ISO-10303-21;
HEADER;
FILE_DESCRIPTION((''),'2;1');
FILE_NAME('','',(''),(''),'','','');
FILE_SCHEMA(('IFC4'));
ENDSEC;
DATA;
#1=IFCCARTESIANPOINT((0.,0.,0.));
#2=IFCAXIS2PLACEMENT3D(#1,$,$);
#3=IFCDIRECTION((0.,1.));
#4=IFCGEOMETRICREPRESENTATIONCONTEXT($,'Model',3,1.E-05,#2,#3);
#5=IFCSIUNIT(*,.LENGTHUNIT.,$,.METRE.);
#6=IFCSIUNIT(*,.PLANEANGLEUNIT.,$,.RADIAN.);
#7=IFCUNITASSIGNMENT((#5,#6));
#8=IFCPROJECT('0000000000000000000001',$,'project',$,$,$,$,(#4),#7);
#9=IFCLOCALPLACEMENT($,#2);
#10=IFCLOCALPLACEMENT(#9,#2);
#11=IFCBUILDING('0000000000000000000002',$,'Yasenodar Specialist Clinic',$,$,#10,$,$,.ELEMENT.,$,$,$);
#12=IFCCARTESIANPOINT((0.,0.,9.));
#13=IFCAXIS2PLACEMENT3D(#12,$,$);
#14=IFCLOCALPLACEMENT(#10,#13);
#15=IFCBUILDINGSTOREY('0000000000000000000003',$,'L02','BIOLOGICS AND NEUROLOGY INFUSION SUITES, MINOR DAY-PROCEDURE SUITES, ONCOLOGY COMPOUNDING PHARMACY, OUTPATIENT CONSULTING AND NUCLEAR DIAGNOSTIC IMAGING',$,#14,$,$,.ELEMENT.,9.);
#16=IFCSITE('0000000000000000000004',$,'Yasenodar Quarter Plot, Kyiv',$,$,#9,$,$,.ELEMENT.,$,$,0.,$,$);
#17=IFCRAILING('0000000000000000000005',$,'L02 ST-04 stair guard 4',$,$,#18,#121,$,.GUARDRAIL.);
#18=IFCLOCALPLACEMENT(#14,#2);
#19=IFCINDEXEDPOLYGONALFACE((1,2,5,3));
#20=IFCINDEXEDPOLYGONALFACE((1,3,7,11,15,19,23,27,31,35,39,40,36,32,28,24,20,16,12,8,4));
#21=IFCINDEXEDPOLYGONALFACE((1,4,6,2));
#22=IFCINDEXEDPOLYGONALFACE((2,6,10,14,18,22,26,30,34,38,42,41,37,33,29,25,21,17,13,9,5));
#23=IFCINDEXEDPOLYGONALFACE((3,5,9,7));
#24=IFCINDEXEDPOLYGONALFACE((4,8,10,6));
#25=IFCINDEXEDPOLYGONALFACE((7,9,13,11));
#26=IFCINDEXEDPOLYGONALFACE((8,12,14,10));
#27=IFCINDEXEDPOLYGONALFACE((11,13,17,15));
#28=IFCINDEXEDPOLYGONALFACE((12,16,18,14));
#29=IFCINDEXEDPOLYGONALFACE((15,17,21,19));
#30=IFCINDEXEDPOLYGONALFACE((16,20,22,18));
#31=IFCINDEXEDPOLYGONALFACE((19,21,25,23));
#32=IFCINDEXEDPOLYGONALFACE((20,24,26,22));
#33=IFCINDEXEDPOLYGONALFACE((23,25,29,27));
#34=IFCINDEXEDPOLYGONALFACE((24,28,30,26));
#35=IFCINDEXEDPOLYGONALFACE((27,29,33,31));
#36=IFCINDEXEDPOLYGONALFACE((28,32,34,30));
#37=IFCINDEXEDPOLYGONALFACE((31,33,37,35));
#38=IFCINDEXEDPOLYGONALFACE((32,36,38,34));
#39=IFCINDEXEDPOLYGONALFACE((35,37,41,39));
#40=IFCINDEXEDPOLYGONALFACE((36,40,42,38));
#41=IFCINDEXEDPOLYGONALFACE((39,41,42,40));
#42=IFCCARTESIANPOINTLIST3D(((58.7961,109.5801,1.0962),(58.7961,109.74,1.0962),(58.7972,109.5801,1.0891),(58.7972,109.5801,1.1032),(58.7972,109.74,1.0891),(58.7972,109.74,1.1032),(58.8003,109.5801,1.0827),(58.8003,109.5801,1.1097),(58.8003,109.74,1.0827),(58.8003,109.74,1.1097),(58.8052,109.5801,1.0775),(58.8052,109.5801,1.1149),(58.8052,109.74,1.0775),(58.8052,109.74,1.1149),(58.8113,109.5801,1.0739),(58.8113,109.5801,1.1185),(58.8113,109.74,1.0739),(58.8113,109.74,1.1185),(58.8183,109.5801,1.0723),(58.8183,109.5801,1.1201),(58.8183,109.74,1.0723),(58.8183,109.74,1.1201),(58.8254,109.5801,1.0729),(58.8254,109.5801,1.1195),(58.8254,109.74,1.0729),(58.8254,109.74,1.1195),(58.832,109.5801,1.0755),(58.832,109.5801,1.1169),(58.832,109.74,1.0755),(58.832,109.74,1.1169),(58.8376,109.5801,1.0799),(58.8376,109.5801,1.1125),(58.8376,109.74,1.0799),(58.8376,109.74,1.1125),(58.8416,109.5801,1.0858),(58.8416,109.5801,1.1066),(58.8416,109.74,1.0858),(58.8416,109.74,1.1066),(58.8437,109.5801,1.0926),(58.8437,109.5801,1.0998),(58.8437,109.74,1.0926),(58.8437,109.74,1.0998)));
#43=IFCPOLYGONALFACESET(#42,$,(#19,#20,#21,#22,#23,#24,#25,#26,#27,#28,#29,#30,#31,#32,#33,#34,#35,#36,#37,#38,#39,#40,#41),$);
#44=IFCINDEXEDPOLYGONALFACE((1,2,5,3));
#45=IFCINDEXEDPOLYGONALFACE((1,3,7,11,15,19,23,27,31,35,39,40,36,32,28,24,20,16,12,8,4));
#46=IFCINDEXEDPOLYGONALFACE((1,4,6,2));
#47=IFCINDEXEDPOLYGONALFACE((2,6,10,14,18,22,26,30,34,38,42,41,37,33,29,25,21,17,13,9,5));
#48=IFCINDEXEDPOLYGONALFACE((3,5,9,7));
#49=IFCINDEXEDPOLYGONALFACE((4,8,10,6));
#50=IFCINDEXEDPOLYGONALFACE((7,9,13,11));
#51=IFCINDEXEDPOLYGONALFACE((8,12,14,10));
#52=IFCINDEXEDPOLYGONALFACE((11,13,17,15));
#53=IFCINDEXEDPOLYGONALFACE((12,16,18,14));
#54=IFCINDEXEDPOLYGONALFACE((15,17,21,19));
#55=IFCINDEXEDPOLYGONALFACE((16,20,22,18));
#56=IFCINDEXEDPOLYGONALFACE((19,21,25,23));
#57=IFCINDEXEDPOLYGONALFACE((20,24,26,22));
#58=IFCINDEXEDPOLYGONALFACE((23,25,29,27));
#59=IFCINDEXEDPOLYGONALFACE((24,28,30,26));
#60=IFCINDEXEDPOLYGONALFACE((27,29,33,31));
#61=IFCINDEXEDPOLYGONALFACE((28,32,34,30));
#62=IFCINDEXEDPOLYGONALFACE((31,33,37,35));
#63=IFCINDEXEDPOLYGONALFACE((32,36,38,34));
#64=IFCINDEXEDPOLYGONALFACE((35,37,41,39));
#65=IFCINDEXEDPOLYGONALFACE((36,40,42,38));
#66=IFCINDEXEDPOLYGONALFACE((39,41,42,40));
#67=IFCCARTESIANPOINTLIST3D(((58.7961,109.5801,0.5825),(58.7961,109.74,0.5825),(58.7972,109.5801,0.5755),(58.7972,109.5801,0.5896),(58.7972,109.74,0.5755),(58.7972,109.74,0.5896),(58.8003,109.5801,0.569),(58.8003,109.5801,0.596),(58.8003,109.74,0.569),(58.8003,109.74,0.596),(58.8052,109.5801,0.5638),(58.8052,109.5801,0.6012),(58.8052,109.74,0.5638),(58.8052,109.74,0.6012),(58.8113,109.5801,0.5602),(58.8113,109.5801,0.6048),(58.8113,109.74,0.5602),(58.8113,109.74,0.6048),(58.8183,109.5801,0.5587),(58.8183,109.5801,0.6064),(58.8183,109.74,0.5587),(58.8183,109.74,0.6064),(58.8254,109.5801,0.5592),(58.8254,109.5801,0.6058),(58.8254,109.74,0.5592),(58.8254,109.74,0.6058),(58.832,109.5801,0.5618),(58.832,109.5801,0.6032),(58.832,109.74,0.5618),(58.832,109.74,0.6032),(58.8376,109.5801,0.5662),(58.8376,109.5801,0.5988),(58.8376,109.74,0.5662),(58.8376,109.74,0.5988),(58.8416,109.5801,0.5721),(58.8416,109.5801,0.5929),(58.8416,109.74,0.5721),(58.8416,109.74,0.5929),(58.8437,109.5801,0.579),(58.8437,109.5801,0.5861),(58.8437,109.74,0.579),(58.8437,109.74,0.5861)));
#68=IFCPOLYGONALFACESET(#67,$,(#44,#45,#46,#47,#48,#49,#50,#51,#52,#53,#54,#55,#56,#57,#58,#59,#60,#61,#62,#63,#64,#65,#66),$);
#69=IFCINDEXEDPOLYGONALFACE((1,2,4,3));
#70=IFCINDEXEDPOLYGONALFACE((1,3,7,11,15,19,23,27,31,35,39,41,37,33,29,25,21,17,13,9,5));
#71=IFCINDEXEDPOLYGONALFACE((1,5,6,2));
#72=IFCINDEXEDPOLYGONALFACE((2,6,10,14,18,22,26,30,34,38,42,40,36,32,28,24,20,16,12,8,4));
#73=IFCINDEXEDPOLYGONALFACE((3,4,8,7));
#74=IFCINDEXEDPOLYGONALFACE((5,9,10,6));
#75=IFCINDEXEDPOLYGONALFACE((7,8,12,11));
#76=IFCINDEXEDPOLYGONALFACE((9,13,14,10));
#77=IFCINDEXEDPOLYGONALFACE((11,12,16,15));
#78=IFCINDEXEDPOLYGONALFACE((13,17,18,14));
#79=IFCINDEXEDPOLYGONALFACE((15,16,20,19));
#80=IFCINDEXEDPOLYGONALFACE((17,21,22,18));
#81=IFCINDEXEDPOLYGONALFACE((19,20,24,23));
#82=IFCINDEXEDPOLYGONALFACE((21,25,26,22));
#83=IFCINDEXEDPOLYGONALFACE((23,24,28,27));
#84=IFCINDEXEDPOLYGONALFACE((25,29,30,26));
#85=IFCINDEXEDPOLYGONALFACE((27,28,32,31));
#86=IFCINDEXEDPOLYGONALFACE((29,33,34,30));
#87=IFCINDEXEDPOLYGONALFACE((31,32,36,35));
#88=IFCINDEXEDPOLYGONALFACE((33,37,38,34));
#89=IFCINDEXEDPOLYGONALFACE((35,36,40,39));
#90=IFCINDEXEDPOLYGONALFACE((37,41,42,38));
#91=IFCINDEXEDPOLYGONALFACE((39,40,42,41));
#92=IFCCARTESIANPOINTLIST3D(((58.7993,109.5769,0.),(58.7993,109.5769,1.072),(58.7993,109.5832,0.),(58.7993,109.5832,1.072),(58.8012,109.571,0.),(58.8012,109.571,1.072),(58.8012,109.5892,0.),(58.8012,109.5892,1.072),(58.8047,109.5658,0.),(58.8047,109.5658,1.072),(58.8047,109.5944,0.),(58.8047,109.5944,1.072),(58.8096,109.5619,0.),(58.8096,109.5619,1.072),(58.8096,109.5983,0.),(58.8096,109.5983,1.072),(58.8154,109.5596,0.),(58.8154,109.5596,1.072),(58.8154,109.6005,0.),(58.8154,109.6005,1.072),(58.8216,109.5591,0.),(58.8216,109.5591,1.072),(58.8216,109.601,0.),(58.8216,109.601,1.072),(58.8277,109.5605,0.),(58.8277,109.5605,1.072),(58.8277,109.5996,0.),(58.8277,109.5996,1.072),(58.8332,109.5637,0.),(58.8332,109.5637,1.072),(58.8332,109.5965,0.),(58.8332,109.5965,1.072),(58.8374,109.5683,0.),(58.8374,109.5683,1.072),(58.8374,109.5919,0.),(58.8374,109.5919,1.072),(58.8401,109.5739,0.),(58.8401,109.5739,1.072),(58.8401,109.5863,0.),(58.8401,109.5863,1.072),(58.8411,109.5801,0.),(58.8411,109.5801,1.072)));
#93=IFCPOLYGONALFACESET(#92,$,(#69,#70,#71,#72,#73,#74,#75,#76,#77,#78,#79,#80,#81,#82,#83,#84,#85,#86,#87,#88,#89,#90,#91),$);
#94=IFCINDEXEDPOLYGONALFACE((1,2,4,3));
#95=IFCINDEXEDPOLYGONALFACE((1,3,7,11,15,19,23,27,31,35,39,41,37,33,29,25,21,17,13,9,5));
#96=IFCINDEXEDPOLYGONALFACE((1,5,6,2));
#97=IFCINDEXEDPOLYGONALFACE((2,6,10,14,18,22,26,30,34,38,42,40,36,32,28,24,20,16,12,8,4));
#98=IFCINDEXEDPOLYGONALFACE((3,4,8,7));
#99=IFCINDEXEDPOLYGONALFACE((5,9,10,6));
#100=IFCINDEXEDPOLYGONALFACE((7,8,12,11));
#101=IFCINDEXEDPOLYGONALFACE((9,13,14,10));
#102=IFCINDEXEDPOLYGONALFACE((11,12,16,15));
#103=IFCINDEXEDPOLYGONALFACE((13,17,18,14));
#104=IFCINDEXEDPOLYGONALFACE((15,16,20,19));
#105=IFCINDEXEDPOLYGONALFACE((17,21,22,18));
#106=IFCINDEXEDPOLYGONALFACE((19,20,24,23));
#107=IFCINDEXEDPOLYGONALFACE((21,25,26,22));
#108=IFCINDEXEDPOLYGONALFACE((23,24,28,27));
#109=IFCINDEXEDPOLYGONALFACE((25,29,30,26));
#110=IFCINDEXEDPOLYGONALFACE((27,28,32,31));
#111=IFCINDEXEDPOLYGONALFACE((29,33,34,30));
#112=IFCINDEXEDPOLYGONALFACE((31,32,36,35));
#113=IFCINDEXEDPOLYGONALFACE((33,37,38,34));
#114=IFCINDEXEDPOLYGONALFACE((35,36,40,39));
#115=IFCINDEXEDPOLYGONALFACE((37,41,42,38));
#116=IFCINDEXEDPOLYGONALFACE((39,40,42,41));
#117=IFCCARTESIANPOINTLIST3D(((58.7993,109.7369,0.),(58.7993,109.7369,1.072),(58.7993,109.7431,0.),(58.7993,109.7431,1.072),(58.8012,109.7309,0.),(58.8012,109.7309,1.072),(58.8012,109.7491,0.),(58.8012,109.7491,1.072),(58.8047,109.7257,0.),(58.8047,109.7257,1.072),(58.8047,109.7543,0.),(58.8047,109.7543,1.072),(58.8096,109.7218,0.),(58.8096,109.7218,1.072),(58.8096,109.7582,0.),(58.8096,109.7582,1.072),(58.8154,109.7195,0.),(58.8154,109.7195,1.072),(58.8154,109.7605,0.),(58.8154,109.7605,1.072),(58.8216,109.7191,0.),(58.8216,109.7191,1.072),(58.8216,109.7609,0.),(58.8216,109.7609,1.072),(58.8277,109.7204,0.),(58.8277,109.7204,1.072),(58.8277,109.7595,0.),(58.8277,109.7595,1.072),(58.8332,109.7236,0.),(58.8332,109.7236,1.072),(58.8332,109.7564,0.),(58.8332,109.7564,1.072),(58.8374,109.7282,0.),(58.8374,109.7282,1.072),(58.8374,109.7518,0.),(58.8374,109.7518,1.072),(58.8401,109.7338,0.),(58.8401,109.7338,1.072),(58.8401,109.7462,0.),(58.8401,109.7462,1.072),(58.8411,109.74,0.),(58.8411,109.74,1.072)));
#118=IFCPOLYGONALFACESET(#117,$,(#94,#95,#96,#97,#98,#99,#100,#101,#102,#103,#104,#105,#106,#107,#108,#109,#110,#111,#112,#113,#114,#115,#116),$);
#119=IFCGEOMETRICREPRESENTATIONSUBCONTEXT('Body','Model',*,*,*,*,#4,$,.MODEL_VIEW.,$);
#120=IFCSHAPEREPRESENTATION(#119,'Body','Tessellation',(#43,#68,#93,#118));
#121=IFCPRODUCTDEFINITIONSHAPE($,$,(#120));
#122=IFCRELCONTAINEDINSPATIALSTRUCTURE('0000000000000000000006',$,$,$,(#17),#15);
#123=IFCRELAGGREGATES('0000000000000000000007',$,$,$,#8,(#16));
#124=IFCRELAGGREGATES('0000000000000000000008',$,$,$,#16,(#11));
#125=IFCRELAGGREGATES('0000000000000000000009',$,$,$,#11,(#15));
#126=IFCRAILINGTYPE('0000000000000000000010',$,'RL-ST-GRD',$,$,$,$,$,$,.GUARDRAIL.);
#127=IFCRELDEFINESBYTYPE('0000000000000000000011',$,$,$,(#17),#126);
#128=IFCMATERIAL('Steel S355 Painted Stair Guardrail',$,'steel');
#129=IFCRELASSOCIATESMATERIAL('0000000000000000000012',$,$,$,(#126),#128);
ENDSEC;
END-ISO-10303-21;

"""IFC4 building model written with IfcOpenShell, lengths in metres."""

from ifc_helpers import new_model, si_unit, direction, frame, origin, origin_2d, place, context, subcontext, project, spatial, circle, extrude, material, type_object, element, save


model = new_model("IFC4")

# Units and contexts
model_context = context("Model", 3, precision=1e-05, world=origin(), true_north=direction((0.0, 1.0)))
body_context = subcontext(model_context, "Body", "Model", "MODEL_VIEW")
ifc_project = project(units=[si_unit("LENGTHUNIT", "METRE"), si_unit("PLANEANGLEUNIT", "RADIAN")], contexts=[model_context])

# Site, building, storey
site_placement = place(None, origin())
site = spatial("IfcSite", under=ifc_project, at=site_placement, Name="Yasenodar Quarter Plot, Kyiv", CompositionType="ELEMENT", RefElevation=0.0)
building_placement = place(site_placement, origin())
building = spatial("IfcBuilding", under=site, at=building_placement, Name="Yasenodar Specialist Clinic", CompositionType="ELEMENT")
storey_placement = place(building_placement, frame((0.0, 0.0, 9.0)))
storey = spatial("IfcBuildingStorey", under=building, at=storey_placement, Name="L02", Description="BIOLOGICS AND NEUROLOGY INFUSION SUITES, MINOR DAY-PROCEDURE SUITES, ONCOLOGY COMPOUNDING PHARMACY, OUTPATIENT CONSULTING AND NUCLEAR DIAGNOSTIC IMAGING", CompositionType="ELEMENT", Elevation=9.0)

# Railing
ifc_material_1 = material(Name="Steel S355 Painted Stair Guardrail", Category="steel")
railing_type_1 = type_object("IfcRailingType", Name="RL-ST-GRD", PredefinedType="GUARDRAIL", material=ifc_material_1)
railing_1_placement = place(storey_placement, frame((58.8201, 109.5801, 0.0)))
element("IfcRailing", 1, at=railing_1_placement, inside=storey, type_object=railing_type_1, Name="L02 ST-04 stair guard 4", PredefinedType="GUARDRAIL", context=body_context, shape_type="SweptSolid", body=[
    extrude(circle(Radius=0.0239, at=origin_2d()), frame((0.0, 0.0, 1.0962), z_axis=(0.0, 1.0, 0.0), x_axis=(-1.0, 0.0, 0.0)), (0.0, 0.0, 1.0), 0.1599),
    extrude(circle(Radius=0.0239, at=origin_2d()), frame((0.0, 0.0, 0.5825), z_axis=(0.0, 1.0, 0.0), x_axis=(-1.0, 0.0, 0.0)), (0.0, 0.0, 1.0), 0.1599),
    extrude(circle(Radius=0.021, at=origin_2d()), origin(), (0.0, 0.0, 1.0), 1.072),
    extrude(circle(Radius=0.021, at=origin_2d()), frame((0.0, 0.1599, 0.0)), (0.0, 0.0, 1.0), 1.072),
])

save(model, "model.ifc")
